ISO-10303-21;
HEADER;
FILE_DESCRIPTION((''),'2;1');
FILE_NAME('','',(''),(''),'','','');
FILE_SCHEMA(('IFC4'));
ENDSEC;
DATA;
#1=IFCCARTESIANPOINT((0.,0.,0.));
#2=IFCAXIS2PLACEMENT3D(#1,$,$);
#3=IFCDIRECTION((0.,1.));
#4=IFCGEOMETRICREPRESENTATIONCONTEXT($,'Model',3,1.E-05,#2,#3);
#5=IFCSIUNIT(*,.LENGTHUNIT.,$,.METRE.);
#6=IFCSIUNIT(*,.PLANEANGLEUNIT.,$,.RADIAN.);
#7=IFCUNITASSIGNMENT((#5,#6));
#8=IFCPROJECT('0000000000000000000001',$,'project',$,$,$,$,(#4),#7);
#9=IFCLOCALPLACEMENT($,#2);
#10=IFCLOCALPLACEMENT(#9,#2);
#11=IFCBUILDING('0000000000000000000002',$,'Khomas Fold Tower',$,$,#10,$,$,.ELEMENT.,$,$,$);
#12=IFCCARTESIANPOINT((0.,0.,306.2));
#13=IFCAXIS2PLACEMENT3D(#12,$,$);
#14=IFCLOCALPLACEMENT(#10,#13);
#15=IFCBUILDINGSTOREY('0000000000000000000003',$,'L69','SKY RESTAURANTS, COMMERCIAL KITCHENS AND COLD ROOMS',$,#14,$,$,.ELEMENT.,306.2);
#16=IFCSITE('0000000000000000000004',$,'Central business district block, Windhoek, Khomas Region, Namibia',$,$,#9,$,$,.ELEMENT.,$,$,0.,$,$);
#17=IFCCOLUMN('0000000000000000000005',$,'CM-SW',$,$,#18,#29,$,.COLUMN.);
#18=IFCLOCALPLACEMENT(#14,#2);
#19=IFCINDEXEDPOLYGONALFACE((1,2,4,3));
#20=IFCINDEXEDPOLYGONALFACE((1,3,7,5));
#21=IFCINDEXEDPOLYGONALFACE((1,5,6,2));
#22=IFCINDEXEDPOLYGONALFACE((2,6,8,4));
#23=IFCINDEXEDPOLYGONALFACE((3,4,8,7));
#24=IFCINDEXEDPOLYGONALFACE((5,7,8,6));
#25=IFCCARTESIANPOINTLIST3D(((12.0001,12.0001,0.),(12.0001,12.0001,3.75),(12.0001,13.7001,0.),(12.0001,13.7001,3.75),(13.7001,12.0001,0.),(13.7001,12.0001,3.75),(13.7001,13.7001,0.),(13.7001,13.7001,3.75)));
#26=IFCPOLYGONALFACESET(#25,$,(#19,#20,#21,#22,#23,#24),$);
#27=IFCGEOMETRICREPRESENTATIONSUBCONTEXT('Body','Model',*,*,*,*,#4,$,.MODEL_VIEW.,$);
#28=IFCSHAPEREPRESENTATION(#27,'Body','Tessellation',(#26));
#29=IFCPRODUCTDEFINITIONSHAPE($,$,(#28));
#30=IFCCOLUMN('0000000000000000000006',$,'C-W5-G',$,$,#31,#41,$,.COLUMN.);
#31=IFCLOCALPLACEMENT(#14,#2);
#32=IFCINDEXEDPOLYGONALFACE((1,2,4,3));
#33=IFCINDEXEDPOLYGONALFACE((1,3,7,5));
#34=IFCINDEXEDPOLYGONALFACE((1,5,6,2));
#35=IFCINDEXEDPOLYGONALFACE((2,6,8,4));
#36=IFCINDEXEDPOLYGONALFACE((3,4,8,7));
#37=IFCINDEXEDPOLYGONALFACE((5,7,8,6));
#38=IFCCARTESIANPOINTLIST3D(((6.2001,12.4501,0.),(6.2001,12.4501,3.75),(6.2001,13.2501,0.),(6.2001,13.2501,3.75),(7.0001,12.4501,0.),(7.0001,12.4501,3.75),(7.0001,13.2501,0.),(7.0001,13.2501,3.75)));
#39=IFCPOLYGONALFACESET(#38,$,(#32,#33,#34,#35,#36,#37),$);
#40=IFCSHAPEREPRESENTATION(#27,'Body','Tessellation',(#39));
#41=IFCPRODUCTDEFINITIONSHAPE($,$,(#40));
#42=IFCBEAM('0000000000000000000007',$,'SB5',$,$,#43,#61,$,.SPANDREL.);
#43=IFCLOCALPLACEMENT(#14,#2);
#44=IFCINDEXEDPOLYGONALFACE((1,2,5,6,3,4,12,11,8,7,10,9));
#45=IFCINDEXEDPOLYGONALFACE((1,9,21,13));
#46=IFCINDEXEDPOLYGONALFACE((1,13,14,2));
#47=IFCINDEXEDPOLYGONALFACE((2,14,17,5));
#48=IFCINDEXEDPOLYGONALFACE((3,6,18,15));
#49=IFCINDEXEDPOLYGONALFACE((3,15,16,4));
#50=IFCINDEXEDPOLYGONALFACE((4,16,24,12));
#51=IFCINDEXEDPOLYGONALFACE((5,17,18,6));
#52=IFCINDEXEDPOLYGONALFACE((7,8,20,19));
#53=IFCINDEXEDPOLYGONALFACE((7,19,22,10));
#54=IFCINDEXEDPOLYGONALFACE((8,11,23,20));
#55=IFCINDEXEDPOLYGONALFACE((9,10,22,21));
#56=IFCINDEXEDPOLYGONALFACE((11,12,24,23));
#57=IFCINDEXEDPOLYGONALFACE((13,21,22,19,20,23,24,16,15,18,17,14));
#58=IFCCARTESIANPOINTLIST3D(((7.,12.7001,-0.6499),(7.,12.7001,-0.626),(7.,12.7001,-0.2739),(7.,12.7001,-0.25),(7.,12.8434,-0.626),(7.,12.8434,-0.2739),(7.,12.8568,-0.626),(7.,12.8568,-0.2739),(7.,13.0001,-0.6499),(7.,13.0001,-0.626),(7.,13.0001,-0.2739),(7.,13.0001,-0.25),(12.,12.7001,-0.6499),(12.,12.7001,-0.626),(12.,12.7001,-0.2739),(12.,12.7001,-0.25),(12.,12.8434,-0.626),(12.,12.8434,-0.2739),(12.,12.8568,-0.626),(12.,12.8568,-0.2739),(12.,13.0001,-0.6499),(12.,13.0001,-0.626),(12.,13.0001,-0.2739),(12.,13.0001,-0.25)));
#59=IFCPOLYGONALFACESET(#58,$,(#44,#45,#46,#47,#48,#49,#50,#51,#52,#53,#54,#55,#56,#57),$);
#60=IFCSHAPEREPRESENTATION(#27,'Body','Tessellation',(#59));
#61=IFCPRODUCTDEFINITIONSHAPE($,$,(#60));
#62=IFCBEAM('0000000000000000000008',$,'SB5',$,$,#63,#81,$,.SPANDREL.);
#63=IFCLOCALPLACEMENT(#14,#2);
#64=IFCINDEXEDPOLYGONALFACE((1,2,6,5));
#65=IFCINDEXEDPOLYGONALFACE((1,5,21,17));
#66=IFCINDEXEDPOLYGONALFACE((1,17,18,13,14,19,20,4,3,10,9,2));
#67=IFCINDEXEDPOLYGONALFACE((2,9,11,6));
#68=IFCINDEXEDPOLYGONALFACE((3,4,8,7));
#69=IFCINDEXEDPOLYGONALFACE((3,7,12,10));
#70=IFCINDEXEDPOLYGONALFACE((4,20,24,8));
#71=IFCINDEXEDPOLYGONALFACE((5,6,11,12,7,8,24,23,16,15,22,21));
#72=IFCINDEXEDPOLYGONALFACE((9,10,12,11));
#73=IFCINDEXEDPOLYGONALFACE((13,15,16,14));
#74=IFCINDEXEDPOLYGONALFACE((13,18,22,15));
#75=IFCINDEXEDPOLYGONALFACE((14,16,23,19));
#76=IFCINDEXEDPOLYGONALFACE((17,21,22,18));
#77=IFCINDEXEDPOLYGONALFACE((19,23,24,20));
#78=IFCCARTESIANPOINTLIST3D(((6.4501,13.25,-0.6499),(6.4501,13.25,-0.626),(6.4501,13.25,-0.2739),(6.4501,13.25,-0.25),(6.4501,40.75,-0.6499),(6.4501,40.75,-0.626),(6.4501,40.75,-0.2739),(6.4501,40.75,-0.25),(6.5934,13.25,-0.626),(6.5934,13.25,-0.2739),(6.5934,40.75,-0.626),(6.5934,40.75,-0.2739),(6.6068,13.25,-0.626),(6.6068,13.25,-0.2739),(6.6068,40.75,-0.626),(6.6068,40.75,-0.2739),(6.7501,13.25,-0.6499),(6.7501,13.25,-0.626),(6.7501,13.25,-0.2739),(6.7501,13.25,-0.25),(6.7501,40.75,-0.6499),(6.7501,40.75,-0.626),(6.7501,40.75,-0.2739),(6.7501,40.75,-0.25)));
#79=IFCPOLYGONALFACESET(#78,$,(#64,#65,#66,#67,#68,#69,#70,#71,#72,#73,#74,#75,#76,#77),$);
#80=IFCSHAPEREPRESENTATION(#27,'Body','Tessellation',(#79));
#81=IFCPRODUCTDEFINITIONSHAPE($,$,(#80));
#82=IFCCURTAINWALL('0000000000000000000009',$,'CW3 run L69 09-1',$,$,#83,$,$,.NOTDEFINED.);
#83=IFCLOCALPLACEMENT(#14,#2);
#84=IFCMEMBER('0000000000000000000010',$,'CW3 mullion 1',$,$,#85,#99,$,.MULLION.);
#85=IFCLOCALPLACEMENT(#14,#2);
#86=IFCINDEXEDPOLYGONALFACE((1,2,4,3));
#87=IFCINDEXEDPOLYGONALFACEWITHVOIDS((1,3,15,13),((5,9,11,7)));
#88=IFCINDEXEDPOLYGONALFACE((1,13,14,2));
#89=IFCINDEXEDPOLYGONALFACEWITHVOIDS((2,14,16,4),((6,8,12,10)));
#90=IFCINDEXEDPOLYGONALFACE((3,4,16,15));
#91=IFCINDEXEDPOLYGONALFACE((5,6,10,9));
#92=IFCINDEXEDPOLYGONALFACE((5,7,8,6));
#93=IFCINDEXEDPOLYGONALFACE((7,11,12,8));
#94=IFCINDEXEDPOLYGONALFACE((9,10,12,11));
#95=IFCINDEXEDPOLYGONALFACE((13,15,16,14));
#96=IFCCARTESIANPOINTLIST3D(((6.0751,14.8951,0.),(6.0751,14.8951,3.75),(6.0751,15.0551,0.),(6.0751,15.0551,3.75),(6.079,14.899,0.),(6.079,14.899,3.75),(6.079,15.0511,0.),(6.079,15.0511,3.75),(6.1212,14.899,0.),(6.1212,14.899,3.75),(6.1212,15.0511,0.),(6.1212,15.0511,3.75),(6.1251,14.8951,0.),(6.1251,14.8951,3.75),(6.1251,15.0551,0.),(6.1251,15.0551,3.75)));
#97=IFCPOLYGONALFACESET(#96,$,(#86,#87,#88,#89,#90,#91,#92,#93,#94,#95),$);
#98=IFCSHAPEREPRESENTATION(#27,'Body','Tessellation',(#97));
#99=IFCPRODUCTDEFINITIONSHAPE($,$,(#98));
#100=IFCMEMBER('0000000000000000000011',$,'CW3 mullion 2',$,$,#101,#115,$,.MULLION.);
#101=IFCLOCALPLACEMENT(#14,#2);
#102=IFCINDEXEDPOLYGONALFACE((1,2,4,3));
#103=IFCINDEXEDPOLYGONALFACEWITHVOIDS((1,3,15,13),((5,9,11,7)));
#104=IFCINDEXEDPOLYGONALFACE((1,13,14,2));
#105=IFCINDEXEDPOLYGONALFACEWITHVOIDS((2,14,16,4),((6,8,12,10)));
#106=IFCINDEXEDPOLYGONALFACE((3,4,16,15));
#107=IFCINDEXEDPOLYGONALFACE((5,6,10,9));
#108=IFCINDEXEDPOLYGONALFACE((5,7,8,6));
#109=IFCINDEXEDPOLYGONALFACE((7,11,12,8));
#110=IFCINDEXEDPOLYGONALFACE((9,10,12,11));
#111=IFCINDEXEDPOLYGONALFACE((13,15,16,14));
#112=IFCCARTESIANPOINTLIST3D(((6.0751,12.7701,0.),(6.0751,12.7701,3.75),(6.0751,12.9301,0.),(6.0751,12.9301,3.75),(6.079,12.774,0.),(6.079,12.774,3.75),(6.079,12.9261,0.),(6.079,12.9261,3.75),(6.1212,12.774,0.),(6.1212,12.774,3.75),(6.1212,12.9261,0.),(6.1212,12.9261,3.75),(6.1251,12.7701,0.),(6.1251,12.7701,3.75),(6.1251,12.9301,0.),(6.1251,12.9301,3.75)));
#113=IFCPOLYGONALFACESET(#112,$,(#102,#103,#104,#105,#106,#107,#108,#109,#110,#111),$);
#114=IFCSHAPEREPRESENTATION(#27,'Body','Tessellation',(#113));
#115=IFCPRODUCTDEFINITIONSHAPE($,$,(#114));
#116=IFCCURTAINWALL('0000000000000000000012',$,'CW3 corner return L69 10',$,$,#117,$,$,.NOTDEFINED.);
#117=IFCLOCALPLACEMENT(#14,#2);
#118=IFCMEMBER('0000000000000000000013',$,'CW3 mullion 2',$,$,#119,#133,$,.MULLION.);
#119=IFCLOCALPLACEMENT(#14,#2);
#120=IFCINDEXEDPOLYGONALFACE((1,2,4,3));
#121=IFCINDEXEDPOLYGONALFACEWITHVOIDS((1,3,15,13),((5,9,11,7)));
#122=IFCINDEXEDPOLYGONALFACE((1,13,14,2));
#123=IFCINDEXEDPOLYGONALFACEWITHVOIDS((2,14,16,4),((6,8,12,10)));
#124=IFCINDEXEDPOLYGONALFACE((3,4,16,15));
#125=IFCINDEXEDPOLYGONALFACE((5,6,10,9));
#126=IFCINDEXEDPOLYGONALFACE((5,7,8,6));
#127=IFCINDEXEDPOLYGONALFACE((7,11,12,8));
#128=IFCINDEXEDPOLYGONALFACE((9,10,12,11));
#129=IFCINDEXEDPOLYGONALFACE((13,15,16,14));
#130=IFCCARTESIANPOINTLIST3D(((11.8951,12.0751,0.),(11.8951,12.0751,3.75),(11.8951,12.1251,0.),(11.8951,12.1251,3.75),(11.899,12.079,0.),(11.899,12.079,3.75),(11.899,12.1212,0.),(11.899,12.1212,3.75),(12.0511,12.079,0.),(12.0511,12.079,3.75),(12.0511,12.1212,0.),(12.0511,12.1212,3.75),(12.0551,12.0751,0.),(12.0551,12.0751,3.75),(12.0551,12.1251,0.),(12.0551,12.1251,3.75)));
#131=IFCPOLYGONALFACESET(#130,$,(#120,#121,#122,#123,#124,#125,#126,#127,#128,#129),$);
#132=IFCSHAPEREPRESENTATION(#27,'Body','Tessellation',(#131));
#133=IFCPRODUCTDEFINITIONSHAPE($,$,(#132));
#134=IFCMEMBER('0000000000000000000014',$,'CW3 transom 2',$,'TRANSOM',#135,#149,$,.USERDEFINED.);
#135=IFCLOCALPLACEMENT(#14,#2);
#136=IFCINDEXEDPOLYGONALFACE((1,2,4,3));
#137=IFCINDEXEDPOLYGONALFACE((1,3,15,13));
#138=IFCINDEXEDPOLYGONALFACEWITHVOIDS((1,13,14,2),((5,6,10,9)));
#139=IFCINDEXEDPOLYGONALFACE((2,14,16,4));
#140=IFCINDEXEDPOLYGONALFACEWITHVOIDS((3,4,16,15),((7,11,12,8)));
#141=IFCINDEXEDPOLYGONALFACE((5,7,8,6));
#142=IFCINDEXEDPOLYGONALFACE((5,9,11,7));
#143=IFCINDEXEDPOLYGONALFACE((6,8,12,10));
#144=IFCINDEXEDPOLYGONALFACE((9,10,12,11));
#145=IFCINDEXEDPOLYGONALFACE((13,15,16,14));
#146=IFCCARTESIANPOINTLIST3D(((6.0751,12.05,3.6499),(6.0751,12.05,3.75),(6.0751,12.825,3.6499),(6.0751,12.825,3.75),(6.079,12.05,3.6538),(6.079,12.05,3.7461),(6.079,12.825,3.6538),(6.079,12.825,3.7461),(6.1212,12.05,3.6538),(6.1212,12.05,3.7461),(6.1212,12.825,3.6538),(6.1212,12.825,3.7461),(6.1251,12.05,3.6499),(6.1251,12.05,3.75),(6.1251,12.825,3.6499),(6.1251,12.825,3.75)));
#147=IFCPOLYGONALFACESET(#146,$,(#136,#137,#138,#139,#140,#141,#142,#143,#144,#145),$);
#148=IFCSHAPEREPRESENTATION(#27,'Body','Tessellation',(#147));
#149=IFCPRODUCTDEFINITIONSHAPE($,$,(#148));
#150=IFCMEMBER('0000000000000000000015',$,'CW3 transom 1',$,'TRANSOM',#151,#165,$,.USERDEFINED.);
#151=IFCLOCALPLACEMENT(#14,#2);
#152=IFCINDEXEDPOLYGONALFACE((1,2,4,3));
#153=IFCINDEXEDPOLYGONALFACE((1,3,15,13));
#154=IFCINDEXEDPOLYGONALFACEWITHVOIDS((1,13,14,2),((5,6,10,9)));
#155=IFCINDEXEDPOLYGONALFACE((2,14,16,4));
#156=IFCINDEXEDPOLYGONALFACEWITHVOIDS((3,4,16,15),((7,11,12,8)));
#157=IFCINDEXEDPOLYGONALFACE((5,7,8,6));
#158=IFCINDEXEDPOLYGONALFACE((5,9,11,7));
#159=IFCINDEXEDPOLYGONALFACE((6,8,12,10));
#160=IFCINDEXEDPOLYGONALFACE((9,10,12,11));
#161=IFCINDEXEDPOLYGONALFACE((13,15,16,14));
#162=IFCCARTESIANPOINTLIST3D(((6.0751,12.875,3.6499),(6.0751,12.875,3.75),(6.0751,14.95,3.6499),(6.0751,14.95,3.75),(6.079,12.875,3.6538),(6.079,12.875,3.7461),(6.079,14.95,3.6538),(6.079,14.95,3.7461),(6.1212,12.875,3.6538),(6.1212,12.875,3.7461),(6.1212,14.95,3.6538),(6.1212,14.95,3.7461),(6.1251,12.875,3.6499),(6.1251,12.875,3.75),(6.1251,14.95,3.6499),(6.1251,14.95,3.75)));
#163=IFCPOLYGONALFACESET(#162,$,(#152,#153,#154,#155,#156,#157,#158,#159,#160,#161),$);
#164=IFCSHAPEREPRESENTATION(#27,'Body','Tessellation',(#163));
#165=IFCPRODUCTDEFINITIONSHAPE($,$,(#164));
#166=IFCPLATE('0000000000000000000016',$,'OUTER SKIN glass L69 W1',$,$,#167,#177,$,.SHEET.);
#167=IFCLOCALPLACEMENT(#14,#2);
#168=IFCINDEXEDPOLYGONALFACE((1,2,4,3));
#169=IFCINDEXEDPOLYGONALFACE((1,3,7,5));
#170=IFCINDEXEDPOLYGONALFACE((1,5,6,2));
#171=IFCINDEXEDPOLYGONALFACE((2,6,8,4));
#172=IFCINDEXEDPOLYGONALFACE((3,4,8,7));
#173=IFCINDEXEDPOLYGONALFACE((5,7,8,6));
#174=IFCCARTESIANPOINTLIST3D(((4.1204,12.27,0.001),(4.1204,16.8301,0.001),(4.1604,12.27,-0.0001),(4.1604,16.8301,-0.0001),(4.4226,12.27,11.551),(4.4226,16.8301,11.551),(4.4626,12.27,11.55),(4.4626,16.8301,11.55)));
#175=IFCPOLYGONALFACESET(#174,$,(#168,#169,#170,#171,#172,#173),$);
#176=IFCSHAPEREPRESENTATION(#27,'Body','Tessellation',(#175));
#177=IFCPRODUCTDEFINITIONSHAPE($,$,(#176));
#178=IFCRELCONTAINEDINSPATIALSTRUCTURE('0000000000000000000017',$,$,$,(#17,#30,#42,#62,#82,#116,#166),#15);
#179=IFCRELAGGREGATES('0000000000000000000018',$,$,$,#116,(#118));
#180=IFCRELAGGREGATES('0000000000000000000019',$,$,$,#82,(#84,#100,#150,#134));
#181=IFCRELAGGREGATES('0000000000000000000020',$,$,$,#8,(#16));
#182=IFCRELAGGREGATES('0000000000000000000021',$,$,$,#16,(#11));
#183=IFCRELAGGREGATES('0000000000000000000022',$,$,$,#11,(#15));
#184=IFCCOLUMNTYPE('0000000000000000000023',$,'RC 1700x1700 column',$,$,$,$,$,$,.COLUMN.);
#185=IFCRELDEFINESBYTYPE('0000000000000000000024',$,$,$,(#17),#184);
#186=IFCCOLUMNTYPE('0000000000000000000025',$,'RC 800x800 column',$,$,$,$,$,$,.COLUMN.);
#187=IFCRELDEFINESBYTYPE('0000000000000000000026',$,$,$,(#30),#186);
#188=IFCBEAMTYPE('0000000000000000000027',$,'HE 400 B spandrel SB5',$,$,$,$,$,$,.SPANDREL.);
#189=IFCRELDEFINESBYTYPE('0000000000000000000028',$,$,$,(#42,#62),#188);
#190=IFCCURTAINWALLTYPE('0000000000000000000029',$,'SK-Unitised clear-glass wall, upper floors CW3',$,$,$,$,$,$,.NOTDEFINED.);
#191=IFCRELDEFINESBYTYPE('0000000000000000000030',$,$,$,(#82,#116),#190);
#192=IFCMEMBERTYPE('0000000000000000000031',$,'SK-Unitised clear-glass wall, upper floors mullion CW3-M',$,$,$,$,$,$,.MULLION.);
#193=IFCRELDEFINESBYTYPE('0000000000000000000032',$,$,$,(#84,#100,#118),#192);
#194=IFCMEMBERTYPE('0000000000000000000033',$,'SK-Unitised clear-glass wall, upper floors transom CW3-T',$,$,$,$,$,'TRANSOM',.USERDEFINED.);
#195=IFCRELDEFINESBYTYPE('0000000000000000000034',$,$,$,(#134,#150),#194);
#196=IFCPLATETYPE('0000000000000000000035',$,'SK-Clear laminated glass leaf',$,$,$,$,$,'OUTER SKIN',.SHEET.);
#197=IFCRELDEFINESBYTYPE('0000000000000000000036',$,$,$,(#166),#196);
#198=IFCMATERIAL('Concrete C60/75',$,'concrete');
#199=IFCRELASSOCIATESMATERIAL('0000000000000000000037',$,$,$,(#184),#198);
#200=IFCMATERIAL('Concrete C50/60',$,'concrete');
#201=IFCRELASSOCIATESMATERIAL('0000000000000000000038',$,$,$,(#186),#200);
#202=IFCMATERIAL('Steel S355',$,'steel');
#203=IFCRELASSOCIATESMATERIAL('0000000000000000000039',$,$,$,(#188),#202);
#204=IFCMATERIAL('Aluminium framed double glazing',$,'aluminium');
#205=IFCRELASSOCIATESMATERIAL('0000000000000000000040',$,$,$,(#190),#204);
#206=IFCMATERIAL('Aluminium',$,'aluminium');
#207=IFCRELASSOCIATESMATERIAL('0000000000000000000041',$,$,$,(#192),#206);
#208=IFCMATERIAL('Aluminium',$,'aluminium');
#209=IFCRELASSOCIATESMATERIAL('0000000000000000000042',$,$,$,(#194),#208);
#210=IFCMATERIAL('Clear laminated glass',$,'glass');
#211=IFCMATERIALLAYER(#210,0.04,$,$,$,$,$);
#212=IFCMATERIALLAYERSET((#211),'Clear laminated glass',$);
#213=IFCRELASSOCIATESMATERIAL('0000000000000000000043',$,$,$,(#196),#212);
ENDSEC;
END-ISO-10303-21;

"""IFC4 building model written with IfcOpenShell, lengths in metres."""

from ifc_helpers import new_model, si_unit, direction, frame, origin, origin_2d, place, context, subcontext, project, spatial, polyline, rectangle, hollow_rectangle, i_section, outline, extrude, source, transform, mapped, material, layer, layer_set, material_profile, profile_set, type_object, element, aggregate, save


model = new_model("IFC4")

# Units and contexts
model_context = context("Model", 3, precision=1e-05, world=origin(), true_north=direction((0.0, 1.0)))
body_context = subcontext(model_context, "Body", "Model", "MODEL_VIEW")
ifc_project = project(units=[si_unit("LENGTHUNIT", "METRE"), si_unit("PLANEANGLEUNIT", "RADIAN")], contexts=[model_context])

# Site, building, storey
site_placement = place(None, origin())
site = spatial("IfcSite", under=ifc_project, at=site_placement, Name="Central business district block, Windhoek, Khomas Region, Namibia", CompositionType="ELEMENT", RefElevation=0.0)
building_placement = place(site_placement, origin())
building = spatial("IfcBuilding", under=site, at=building_placement, Name="Khomas Fold Tower", CompositionType="ELEMENT")
storey_placement = place(building_placement, frame((0.0, 0.0, 306.2)))
storey = spatial("IfcBuildingStorey", under=building, at=storey_placement, Name="L69", Description="SKY RESTAURANTS, COMMERCIAL KITCHENS AND COLD ROOMS", CompositionType="ELEMENT", Elevation=306.2)

# Columns
ifc_material_1 = material(Name="Concrete C60/75", Category="concrete")
ifc_material_profile_1 = material_profile(ifc_material_1, rectangle(XDim=1.7, YDim=1.7, at=origin_2d()), Name="RC 1700x1700")
ifc_profile_set_1 = profile_set([ifc_material_profile_1], Name="Concrete C60/75")
column_type_1 = type_object("IfcColumnType", Name="RC 1700x1700 column", PredefinedType="COLUMN", material=ifc_profile_set_1)
shared_shape_1 = source(origin(), body_context, "Body", "SweptSolid", [
    extrude(rectangle(XDim=1.7, YDim=1.7, at=origin_2d()), origin(), (0.0, 0.0, 1.0), 3.75),
])
column_1_placement = place(storey_placement, frame((12.8501, 12.8501, 0.0), z_axis=(0.0, 0.0, 1.0), x_axis=(1.0, 0.0, 0.0)))
element("IfcColumn", 1, at=column_1_placement, inside=storey, type_object=column_type_1, Name="CM-SW", PredefinedType="COLUMN", context=body_context, shape_type="MappedRepresentation", body=[
    mapped(shared_shape_1, transform((0.0, 0.0, 0.0))),
])
ifc_material_2 = material(Name="Concrete C50/60", Category="concrete")
ifc_material_profile_2 = material_profile(ifc_material_2, rectangle(XDim=0.8, YDim=0.8, at=origin_2d()), Name="RC 800x800")
ifc_profile_set_2 = profile_set([ifc_material_profile_2], Name="Concrete C50/60")
column_type_2 = type_object("IfcColumnType", Name="RC 800x800 column", PredefinedType="COLUMN", material=ifc_profile_set_2)
shared_shape_2 = source(origin(), body_context, "Body", "SweptSolid", [
    extrude(rectangle(XDim=0.8, YDim=0.8, at=origin_2d()), origin(), (0.0, 0.0, 1.0), 3.75),
])
column_2_placement = place(storey_placement, frame((6.6001, 12.8501, 0.0), z_axis=(0.0, 0.0, 1.0), x_axis=(1.0, 0.0, 0.0)))
element("IfcColumn", 2, at=column_2_placement, inside=storey, type_object=column_type_2, Name="C-W5-G", PredefinedType="COLUMN", context=body_context, shape_type="MappedRepresentation", body=[
    mapped(shared_shape_2, transform((0.0, 0.0, 0.0))),
])

# Beams
ifc_material_3 = material(Name="Steel S355", Category="steel")
ifc_material_profile_3 = material_profile(ifc_material_3, i_section(OverallWidth=0.3, OverallDepth=0.3999, WebThickness=0.0134, FlangeThickness=0.0239, at=origin_2d()), Name="HE 400 B")
ifc_profile_set_3 = profile_set([ifc_material_profile_3], Name="Steel S355")
beam_type = type_object("IfcBeamType", Name="HE 400 B spandrel SB5", PredefinedType="SPANDREL", material=ifc_profile_set_3)
shared_shape_3 = source(origin(), body_context, "Body", "SweptSolid", [
    extrude(i_section(OverallWidth=0.3, OverallDepth=0.3999, WebThickness=0.0134, FlangeThickness=0.0239, at=origin_2d()), origin(), (0.0, 0.0, 1.0), 5.0),
])
beam_1_placement = place(storey_placement, frame((7.0, 12.8501, -0.45), z_axis=(1.0, 0.0, 0.0), x_axis=(0.0, 1.0, 0.0)))
element("IfcBeam", 3, at=beam_1_placement, inside=storey, type_object=beam_type, Name="SB5", PredefinedType="SPANDREL", context=body_context, shape_type="MappedRepresentation", body=[
    mapped(shared_shape_3, transform((0.0, 0.0, 0.0))),
])
shared_shape_4 = source(origin(), body_context, "Body", "SweptSolid", [
    extrude(i_section(OverallWidth=0.3, OverallDepth=0.3999, WebThickness=0.0134, FlangeThickness=0.0239, at=origin_2d()), origin(), (0.0, 0.0, 1.0), 27.5),
])
beam_2_placement = place(storey_placement, frame((6.6001, 13.25, -0.45), z_axis=(0.0, 1.0, 0.0), x_axis=(-1.0, 0.0, 0.0)))
element("IfcBeam", 4, at=beam_2_placement, inside=storey, type_object=beam_type, Name="SB5", PredefinedType="SPANDREL", context=body_context, shape_type="MappedRepresentation", body=[
    mapped(shared_shape_4, transform((0.0, 0.0, 0.0))),
])

# Curtain wall, members
ifc_material_4 = material(Name="Aluminium framed double glazing", Category="aluminium")
curtain_wall_type = type_object("IfcCurtainWallType", Name="SK-Unitised clear-glass wall, upper floors CW3", PredefinedType="NOTDEFINED", material=ifc_material_4)
curtain_wall_1_placement = place(storey_placement, origin())
curtain_wall_1 = element("IfcCurtainWall", 5, at=curtain_wall_1_placement, inside=storey, type_object=curtain_wall_type, Name="CW3 run L69 09-1", PredefinedType="NOTDEFINED")
ifc_material_5 = material(Name="Aluminium", Category="aluminium")
ifc_material_profile_4 = material_profile(ifc_material_5, hollow_rectangle(XDim=0.05, YDim=0.1599, WallThickness=0.0039, at=origin_2d()), Name="SK-Unitised clear-glass wall, upper floors mullion CW3-M")
ifc_profile_set_4 = profile_set([ifc_material_profile_4], Name="Aluminium")
member_type_1 = type_object("IfcMemberType", Name="SK-Unitised clear-glass wall, upper floors mullion CW3-M", PredefinedType="MULLION", material=ifc_profile_set_4)
shared_shape_5 = source(origin(), body_context, "Body", "SweptSolid", [
    extrude(hollow_rectangle(XDim=0.05, YDim=0.1599, WallThickness=0.0039, at=origin_2d()), origin(), (0.0, 0.0, 1.0), 3.75),
])
member_1_placement = place(storey_placement, frame((6.1001, 14.9751, 0.0), z_axis=(0.0, 0.0, 1.0), x_axis=(1.0, 0.0, 0.0)))
member_1 = element("IfcMember", 6, at=member_1_placement, type_object=member_type_1, Name="CW3 mullion 1", PredefinedType="MULLION", context=body_context, shape_type="MappedRepresentation", body=[
    mapped(shared_shape_5, transform((0.0, 0.0, 0.0))),
])
member_2_placement = place(storey_placement, frame((6.1001, 12.8501, 0.0), z_axis=(0.0, 0.0, 1.0), x_axis=(1.0, 0.0, 0.0)))
member_2 = element("IfcMember", 7, at=member_2_placement, type_object=member_type_1, Name="CW3 mullion 2", PredefinedType="MULLION", context=body_context, shape_type="MappedRepresentation", body=[
    mapped(shared_shape_5, transform((0.0, 0.0, 0.0))),
])

# Curtain wall, member
curtain_wall_2_placement = place(storey_placement, origin())
curtain_wall_2 = element("IfcCurtainWall", 8, at=curtain_wall_2_placement, inside=storey, type_object=curtain_wall_type, Name="CW3 corner return L69 10", PredefinedType="NOTDEFINED")
member_3_placement = place(storey_placement, frame((11.9751, 12.1001, 0.0), z_axis=(0.0, 0.0, 1.0), x_axis=(0.0, 1.0, 0.0)))
member_3 = element("IfcMember", 9, at=member_3_placement, type_object=member_type_1, Name="CW3 mullion 2", PredefinedType="MULLION", context=body_context, shape_type="MappedRepresentation", body=[
    mapped(shared_shape_5, transform((0.0, 0.0, 0.0))),
])
aggregate(curtain_wall_2, [member_3])

# Members
ifc_material_6 = material(Name="Aluminium", Category="aluminium")
ifc_material_profile_5 = material_profile(ifc_material_6, hollow_rectangle(XDim=0.05, YDim=0.1001, WallThickness=0.0039, at=origin_2d()), Name="SK-Unitised clear-glass wall, upper floors transom CW3-T")
ifc_profile_set_5 = profile_set([ifc_material_profile_5], Name="Aluminium")
member_type_2 = type_object("IfcMemberType", Name="SK-Unitised clear-glass wall, upper floors transom CW3-T", ElementType="TRANSOM", PredefinedType="USERDEFINED", material=ifc_profile_set_5)
shared_shape_6 = source(origin(), body_context, "Body", "SweptSolid", [
    extrude(hollow_rectangle(XDim=0.05, YDim=0.1001, WallThickness=0.0039, at=origin_2d()), origin(), (0.0, 0.0, 1.0), 0.7749),
])
member_4_placement = place(storey_placement, frame((6.1001, 12.825, 3.7), z_axis=(0.0, -1.0, 0.0), x_axis=(1.0, 0.0, 0.0)))
member_4 = element("IfcMember", 10, at=member_4_placement, type_object=member_type_2, Name="CW3 transom 2", ObjectType="TRANSOM", PredefinedType="USERDEFINED", context=body_context, shape_type="MappedRepresentation", body=[
    mapped(shared_shape_6, transform((0.0, 0.0, 0.0))),
])
shared_shape_7 = source(origin(), body_context, "Body", "SweptSolid", [
    extrude(hollow_rectangle(XDim=0.05, YDim=0.1001, WallThickness=0.0039, at=origin_2d()), origin(), (0.0, 0.0, 1.0), 2.075),
])
member_5_placement = place(storey_placement, frame((6.1001, 14.95, 3.7), z_axis=(0.0, -1.0, 0.0), x_axis=(1.0, 0.0, 0.0)))
member_5 = element("IfcMember", 11, at=member_5_placement, type_object=member_type_2, Name="CW3 transom 1", ObjectType="TRANSOM", PredefinedType="USERDEFINED", context=body_context, shape_type="MappedRepresentation", body=[
    mapped(shared_shape_7, transform((0.0, 0.0, 0.0))),
])

# Plate
ifc_material_7 = material(Name="Clear laminated glass", Category="glass")
ifc_layer_1 = layer(ifc_material_7, 0.04)
ifc_layer_set_1 = layer_set([ifc_layer_1], Name="Clear laminated glass")
plate_type_1 = type_object("IfcPlateType", Name="SK-Clear laminated glass leaf", ElementType="OUTER SKIN", PredefinedType="SHEET", material=ifc_layer_set_1)
plate_1_placement = place(storey_placement, frame((4.1204, 12.27, 0.001), z_axis=(-0.999658, 0.0, 0.026159), x_axis=(0.0, 1.0, 0.0)))
element("IfcPlate", 12, at=plate_1_placement, inside=storey, type_object=plate_type_1, Name="OUTER SKIN glass L69 W1", PredefinedType="SHEET", context=body_context, shape_type="SweptSolid", body=[
    extrude(outline(polyline([(0.0, 0.0), (4.5601, 0.0), (4.5601, -11.554), (0.0, -11.554), (0.0, 0.0)])), origin(), (0.0, 0.0, -1.0), 0.04),
])

aggregate(curtain_wall_1, [member_1, member_2, member_5, member_4])

save(model, "model.ifc")
